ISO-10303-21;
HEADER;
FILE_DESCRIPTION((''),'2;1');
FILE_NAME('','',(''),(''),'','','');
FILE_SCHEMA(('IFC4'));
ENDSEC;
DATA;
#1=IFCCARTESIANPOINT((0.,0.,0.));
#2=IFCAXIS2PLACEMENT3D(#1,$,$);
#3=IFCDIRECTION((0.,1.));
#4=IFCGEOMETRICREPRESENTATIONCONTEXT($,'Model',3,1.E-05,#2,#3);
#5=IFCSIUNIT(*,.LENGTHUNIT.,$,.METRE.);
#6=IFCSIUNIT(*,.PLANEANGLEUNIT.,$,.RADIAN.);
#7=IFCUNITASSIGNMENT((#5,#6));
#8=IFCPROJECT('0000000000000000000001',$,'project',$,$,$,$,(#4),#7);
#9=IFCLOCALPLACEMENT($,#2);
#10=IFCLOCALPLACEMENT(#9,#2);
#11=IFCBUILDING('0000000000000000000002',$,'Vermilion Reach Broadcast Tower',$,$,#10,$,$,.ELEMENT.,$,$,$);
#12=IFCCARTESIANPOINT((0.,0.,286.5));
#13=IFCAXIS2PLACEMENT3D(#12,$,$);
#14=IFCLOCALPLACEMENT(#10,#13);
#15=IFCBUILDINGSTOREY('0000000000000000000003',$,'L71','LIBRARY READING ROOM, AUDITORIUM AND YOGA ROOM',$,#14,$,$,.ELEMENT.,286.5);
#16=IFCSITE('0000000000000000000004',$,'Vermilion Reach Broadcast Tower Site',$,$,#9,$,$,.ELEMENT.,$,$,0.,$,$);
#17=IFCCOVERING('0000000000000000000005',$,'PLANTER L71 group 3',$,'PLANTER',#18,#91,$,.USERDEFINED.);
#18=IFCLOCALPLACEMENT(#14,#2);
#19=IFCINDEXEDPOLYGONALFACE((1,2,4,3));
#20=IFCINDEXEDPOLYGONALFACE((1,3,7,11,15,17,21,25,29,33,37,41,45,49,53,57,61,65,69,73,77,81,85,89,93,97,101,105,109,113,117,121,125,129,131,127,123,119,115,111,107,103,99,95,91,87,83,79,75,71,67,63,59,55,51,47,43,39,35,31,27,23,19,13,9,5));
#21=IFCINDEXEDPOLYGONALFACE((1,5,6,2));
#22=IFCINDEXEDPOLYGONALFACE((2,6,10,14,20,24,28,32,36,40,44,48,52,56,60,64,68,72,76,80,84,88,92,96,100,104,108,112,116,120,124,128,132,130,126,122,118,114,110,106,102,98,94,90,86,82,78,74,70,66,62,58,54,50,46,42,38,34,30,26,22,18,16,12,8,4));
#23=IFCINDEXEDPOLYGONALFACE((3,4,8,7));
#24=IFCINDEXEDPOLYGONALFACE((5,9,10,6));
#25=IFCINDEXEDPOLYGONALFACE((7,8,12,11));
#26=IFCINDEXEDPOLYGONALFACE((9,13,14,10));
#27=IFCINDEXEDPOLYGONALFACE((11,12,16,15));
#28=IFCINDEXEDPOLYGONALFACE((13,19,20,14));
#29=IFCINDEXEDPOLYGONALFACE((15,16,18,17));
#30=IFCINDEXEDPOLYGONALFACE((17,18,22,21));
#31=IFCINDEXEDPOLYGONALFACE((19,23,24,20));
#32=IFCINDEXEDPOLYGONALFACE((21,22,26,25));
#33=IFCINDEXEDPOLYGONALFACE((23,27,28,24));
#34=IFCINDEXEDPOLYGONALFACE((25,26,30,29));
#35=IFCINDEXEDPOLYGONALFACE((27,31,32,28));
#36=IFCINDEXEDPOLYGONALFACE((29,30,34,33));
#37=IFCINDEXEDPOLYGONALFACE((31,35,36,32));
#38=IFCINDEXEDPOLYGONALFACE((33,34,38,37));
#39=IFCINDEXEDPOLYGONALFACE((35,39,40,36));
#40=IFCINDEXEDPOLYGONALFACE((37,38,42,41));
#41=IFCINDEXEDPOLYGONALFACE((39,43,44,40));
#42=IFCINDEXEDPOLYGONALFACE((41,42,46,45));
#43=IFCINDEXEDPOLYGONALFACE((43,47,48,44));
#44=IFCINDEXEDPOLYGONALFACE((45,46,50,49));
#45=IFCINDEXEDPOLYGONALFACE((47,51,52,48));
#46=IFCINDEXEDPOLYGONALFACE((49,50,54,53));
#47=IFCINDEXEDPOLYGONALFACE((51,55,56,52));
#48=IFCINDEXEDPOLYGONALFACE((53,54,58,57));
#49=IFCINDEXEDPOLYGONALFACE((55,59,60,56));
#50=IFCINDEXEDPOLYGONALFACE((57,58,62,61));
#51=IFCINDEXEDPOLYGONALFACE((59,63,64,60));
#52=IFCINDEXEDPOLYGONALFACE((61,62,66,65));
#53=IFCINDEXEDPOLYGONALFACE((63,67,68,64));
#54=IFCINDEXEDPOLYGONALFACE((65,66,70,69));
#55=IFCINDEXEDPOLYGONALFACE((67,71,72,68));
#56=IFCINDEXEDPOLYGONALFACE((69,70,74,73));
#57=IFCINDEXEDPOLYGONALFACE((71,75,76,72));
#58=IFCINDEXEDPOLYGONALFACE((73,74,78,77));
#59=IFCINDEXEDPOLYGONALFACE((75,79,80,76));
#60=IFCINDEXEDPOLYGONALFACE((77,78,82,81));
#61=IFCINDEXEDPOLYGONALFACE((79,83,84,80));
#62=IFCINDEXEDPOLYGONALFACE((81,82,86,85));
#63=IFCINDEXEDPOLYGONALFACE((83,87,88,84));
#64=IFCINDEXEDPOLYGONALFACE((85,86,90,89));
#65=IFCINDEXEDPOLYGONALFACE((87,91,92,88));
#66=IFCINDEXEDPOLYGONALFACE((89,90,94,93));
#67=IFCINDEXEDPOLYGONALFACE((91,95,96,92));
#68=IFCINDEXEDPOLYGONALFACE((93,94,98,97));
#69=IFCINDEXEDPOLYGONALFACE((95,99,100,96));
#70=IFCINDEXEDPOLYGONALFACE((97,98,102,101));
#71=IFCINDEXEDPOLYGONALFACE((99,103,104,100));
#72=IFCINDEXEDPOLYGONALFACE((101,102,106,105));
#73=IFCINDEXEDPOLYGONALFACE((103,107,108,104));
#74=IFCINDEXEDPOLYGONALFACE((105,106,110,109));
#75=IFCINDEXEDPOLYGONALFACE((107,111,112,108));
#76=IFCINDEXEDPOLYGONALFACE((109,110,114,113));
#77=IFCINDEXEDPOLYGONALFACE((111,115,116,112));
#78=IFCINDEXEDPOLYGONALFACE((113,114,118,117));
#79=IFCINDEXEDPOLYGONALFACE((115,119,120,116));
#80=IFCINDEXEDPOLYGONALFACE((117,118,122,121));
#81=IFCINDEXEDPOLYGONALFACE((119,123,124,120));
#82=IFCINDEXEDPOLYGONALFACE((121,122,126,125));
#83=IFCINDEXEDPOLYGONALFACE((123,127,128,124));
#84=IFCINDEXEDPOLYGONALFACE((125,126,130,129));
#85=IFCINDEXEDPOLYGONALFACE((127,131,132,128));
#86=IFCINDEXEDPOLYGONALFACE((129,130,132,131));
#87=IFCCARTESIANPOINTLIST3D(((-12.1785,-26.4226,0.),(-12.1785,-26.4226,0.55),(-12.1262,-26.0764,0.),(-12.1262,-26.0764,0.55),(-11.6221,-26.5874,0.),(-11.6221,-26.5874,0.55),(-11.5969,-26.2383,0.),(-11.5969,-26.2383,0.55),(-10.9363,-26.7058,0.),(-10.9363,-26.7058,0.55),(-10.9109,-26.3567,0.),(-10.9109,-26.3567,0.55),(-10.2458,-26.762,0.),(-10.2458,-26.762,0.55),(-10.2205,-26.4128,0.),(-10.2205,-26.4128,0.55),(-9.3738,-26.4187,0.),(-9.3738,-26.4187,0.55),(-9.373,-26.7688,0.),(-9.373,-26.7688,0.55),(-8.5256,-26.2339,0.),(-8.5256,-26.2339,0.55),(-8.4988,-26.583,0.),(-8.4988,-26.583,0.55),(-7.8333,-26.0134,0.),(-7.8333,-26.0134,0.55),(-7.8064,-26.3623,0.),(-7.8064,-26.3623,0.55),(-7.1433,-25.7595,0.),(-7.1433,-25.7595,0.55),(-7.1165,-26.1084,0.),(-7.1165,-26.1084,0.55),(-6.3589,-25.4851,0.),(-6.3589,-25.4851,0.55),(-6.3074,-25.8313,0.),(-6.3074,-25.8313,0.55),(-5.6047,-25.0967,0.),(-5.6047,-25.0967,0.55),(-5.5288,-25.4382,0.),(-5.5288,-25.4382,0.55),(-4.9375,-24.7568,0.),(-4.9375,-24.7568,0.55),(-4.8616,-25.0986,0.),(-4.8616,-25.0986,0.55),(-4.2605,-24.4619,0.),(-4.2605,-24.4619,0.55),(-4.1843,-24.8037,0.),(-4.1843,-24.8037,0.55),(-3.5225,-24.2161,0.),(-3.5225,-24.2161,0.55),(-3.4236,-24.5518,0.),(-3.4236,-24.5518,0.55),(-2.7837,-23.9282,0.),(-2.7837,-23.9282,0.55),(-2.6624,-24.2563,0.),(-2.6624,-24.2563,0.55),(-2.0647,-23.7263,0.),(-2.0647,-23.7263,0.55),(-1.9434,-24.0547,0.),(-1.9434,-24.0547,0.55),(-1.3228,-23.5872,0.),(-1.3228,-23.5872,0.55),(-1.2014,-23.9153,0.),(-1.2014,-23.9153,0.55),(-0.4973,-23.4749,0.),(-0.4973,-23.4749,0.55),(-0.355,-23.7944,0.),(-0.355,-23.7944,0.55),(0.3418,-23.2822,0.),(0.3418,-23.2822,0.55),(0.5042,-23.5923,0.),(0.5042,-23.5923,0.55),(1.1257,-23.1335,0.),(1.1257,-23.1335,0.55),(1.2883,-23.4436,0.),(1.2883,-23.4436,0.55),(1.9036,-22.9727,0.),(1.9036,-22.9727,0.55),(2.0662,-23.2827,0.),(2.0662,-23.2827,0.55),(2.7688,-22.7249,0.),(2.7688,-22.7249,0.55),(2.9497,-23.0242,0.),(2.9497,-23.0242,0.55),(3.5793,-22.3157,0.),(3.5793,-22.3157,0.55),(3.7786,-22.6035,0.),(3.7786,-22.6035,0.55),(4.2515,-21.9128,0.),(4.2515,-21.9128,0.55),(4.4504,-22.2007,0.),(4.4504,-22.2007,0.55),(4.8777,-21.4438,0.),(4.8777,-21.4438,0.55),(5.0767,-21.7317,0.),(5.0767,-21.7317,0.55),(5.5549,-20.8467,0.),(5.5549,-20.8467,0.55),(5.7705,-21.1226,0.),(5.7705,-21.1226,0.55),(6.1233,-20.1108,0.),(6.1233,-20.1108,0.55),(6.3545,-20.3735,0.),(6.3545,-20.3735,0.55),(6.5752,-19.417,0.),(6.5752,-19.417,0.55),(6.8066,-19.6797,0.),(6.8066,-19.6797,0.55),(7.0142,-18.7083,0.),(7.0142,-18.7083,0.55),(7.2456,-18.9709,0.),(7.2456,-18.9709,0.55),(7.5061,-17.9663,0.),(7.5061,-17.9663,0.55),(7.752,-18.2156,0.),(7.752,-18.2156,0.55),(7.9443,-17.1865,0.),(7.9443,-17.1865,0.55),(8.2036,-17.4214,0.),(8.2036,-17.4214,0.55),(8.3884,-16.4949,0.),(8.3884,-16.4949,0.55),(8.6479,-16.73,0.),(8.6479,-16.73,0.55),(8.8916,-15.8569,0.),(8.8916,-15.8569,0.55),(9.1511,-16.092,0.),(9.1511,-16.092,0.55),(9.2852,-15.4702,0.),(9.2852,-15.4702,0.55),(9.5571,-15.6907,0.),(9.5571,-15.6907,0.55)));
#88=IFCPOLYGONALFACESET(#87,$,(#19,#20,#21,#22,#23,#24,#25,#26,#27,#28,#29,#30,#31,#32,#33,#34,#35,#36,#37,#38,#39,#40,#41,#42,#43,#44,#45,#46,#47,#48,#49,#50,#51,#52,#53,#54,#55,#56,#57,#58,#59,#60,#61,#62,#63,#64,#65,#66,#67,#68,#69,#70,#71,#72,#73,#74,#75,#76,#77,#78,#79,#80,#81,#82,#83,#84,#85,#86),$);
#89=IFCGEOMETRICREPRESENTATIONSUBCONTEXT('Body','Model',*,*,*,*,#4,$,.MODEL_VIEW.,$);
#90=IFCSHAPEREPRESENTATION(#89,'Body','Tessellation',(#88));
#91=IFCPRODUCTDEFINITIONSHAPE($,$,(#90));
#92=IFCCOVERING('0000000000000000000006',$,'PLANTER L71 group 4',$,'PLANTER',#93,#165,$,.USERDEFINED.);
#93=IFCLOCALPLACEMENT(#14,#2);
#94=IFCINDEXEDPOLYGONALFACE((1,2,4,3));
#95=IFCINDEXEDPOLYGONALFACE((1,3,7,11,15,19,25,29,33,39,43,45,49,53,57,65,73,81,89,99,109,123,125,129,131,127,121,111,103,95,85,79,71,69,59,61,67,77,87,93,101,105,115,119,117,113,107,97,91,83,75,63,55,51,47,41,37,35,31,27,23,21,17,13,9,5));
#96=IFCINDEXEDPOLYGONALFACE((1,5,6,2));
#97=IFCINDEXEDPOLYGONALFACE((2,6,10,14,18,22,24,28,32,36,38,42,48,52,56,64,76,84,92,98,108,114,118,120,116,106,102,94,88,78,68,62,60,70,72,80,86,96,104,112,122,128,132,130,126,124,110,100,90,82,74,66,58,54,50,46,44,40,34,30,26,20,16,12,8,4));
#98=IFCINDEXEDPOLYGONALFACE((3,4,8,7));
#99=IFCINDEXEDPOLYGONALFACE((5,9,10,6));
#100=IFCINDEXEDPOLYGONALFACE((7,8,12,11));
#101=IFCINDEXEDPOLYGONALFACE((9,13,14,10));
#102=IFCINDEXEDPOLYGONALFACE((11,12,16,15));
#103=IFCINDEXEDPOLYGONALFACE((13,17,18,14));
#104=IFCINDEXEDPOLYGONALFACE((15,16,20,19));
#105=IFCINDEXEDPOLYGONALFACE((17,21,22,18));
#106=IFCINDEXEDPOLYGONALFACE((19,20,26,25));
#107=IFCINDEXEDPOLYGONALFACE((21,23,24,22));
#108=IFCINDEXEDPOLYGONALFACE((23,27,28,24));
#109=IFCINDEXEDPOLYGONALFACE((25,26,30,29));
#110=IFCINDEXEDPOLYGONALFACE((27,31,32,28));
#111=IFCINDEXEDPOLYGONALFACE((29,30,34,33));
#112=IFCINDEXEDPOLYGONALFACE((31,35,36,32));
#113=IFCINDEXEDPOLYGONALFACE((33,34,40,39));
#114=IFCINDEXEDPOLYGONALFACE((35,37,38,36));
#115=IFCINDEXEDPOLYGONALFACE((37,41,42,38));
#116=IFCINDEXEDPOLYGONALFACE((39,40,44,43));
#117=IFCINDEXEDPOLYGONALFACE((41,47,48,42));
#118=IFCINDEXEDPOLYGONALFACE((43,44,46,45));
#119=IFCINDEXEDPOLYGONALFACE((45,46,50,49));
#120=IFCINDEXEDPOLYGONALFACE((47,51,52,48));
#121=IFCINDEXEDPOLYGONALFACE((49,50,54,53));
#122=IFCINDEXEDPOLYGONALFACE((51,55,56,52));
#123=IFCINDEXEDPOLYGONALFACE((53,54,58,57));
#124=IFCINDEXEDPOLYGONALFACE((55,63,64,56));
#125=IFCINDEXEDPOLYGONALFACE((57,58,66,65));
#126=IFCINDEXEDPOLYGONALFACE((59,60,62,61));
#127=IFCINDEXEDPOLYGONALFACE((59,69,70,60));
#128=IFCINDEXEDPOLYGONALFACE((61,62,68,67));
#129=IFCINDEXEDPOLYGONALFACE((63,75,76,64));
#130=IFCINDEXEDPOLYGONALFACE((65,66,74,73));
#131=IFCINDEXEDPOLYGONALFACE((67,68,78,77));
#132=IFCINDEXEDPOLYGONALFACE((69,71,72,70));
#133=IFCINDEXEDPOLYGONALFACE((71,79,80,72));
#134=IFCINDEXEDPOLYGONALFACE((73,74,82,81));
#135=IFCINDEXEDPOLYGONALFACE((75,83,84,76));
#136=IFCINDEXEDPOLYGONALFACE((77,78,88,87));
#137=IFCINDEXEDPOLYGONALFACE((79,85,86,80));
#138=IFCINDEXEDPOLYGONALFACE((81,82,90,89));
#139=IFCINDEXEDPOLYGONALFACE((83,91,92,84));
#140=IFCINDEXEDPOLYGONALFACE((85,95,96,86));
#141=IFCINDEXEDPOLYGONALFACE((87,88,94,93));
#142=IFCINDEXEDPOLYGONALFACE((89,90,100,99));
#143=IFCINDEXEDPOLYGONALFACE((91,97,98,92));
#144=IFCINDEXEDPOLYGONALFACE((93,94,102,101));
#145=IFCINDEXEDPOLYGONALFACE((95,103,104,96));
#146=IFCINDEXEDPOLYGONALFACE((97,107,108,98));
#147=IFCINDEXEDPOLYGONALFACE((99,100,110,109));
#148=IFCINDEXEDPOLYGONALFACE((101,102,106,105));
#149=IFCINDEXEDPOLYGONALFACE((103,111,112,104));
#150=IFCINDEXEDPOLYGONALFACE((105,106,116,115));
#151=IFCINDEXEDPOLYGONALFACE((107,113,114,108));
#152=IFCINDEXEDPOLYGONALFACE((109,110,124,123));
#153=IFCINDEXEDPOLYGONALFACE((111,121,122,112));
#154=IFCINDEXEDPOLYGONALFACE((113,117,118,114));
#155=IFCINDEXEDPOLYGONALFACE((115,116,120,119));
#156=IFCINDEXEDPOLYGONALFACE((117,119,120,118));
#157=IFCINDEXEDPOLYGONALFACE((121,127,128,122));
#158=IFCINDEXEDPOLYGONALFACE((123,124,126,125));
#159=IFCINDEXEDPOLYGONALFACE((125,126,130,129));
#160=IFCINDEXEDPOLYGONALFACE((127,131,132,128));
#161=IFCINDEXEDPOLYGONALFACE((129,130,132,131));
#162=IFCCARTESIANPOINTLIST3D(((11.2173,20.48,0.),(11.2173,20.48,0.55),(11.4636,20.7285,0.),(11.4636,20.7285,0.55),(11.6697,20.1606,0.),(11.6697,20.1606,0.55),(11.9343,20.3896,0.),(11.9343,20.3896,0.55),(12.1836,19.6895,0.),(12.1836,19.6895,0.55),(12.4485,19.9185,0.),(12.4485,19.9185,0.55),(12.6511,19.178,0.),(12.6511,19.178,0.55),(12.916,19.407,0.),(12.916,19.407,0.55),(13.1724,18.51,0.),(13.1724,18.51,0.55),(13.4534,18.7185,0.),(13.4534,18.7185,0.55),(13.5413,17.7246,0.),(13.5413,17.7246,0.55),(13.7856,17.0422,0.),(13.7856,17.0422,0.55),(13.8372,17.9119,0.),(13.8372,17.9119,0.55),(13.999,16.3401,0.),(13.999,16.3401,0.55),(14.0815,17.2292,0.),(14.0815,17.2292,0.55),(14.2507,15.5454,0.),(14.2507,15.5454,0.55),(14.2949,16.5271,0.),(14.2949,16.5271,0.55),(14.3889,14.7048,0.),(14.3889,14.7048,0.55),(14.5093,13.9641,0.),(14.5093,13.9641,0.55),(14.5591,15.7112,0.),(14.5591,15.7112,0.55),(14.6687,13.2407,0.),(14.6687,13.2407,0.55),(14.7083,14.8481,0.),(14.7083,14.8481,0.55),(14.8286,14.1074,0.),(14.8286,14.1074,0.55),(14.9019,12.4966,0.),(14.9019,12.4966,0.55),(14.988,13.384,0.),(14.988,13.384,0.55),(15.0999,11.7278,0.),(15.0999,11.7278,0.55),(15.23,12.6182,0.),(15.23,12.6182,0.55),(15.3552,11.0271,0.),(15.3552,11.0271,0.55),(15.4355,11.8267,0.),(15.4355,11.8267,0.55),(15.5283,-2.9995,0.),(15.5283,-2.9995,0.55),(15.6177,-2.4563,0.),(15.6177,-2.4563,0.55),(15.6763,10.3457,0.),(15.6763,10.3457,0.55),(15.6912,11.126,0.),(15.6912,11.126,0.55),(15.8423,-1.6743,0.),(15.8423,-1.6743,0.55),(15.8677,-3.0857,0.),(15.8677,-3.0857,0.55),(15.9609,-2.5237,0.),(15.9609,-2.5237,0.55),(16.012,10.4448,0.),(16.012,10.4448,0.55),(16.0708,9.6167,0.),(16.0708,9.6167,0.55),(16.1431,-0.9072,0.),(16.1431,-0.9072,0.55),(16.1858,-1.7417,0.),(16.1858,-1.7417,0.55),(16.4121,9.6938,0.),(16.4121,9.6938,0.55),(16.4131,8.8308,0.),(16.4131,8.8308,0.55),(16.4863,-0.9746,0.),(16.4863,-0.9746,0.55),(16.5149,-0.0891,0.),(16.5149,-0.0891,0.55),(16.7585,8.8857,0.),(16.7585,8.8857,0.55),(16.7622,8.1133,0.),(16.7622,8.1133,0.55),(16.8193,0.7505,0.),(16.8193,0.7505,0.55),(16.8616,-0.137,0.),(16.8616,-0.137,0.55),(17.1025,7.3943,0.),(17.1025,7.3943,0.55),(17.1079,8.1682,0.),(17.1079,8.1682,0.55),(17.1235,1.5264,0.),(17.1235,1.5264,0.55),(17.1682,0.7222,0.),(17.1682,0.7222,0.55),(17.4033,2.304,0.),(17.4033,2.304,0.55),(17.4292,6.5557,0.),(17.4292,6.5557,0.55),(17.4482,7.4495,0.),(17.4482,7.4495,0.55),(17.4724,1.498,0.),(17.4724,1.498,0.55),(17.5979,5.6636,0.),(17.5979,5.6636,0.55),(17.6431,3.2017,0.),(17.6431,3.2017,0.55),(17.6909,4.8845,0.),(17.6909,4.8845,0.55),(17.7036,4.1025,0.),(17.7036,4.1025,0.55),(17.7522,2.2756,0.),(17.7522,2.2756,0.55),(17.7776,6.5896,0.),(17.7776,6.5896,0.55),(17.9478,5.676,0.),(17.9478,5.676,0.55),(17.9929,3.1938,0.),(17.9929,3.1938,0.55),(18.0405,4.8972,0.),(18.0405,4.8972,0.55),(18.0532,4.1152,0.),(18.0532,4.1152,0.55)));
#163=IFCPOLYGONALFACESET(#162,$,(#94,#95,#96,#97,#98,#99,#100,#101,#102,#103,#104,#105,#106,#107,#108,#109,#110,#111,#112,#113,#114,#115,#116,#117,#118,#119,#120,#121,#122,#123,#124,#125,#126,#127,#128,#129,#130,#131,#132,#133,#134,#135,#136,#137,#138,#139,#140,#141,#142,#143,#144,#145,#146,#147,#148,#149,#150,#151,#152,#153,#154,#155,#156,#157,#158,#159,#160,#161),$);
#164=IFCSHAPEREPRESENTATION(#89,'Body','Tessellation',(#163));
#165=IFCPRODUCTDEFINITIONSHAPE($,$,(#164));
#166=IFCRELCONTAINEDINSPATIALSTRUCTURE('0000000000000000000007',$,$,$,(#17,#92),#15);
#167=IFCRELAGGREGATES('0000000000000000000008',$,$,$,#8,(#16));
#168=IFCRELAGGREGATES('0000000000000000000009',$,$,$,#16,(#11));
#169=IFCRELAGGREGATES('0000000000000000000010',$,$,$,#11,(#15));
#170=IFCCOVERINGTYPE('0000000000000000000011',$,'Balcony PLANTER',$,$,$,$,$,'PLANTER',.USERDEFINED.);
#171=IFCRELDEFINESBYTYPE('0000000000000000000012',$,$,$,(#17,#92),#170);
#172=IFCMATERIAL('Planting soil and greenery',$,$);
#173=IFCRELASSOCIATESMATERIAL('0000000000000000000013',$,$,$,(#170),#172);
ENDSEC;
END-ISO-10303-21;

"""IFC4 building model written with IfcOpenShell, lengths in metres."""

from ifc_helpers import new_model, si_unit, direction, frame, origin, place, context, subcontext, project, spatial, polyline, outline, extrude, material, type_object, element, save


model = new_model("IFC4")

# Units and contexts
model_context = context("Model", 3, precision=1e-05, world=origin(), true_north=direction((0.0, 1.0)))
body_context = subcontext(model_context, "Body", "Model", "MODEL_VIEW")
ifc_project = project(units=[si_unit("LENGTHUNIT", "METRE"), si_unit("PLANEANGLEUNIT", "RADIAN")], contexts=[model_context])

# Site, building, storey
site_placement = place(None, origin())
site = spatial("IfcSite", under=ifc_project, at=site_placement, Name="Vermilion Reach Broadcast Tower Site", CompositionType="ELEMENT", RefElevation=0.0)
building_placement = place(site_placement, origin())
building = spatial("IfcBuilding", under=site, at=building_placement, Name="Vermilion Reach Broadcast Tower", CompositionType="ELEMENT")
storey_placement = place(building_placement, frame((0.0, 0.0, 286.5)))
storey = spatial("IfcBuildingStorey", under=building, at=storey_placement, Name="L71", Description="LIBRARY READING ROOM, AUDITORIUM AND YOGA ROOM", CompositionType="ELEMENT", Elevation=286.5)

# Shared definitions
placement_1 = place(storey_placement, origin())

# Coverings
ifc_material_1 = material(Name="Planting soil and greenery")
covering_type = type_object("IfcCoveringType", Name="Balcony PLANTER", ElementType="PLANTER", PredefinedType="USERDEFINED", material=ifc_material_1)
element("IfcCovering", 1, at=placement_1, inside=storey, type_object=covering_type, Name="PLANTER L71 group 3", ObjectType="PLANTER", PredefinedType="USERDEFINED", context=body_context, shape_type="SweptSolid", body=[
    extrude(outline(polyline([(-12.1785, -26.4226), (-11.6221, -26.5874), (-10.9363, -26.7058), (-10.2458, -26.762), (-9.373, -26.7688), (-8.4988, -26.583), (-7.8064, -26.3623), (-7.1165, -26.1084), (-6.3074, -25.8313), (-5.5288, -25.4382), (-4.8616, -25.0986), (-4.1843, -24.8037), (-3.4236, -24.5518), (-2.6624, -24.2563), (-1.9434, -24.0547), (-1.2014, -23.9153), (-0.355, -23.7944), (0.5042, -23.5923), (1.2883, -23.4436), (2.0662, -23.2827), (2.9497, -23.0242), (3.7786, -22.6035), (4.4504, -22.2007), (5.0767, -21.7317), (5.7705, -21.1226), (6.3545, -20.3735), (6.8066, -19.6797), (7.2456, -18.9709), (7.752, -18.2156), (8.2036, -17.4214), (8.6479, -16.73), (9.1511, -16.092), (9.5571, -15.6907), (9.2852, -15.4702), (8.8916, -15.8569), (8.3884, -16.4949), (7.9443, -17.1865), (7.5061, -17.9663), (7.0142, -18.7083), (6.5752, -19.417), (6.1233, -20.1108), (5.5549, -20.8467), (4.8777, -21.4438), (4.2515, -21.9128), (3.5793, -22.3157), (2.7688, -22.7249), (1.9036, -22.9727), (1.1257, -23.1335), (0.3418, -23.2822), (-0.4973, -23.4749), (-1.3228, -23.5872), (-2.0647, -23.7263), (-2.7837, -23.9282), (-3.5225, -24.2161), (-4.2605, -24.4619), (-4.9375, -24.7568), (-5.6047, -25.0967), (-6.3589, -25.4851), (-7.1433, -25.7595), (-7.8333, -26.0134), (-8.5256, -26.2339), (-9.3738, -26.4187), (-10.2205, -26.4128), (-10.9109, -26.3567), (-11.5969, -26.2383), (-12.1262, -26.0764), (-12.1785, -26.4226)])), origin(), (0.0, 0.0, 1.0), 0.55),
])
element("IfcCovering", 2, at=placement_1, inside=storey, type_object=covering_type, Name="PLANTER L71 group 4", ObjectType="PLANTER", PredefinedType="USERDEFINED", context=body_context, shape_type="SweptSolid", body=[
    extrude(outline(polyline([(15.8677, -3.0857), (15.9609, -2.5237), (16.1858, -1.7417), (16.4863, -0.9746), (16.8616, -0.137), (17.1682, 0.7222), (17.4724, 1.498), (17.7522, 2.2756), (17.9929, 3.1938), (18.0532, 4.1152), (18.0405, 4.8972), (17.9478, 5.676), (17.7776, 6.5896), (17.4482, 7.4495), (17.1079, 8.1682), (16.7585, 8.8857), (16.4121, 9.6938), (16.012, 10.4448), (15.6912, 11.126), (15.4355, 11.8267), (15.23, 12.6182), (14.988, 13.384), (14.8286, 14.1074), (14.7083, 14.8481), (14.5591, 15.7112), (14.2949, 16.5271), (14.0815, 17.2292), (13.8372, 17.9119), (13.4534, 18.7185), (12.916, 19.407), (12.4485, 19.9185), (11.9343, 20.3896), (11.4636, 20.7285), (11.2173, 20.48), (11.6697, 20.1606), (12.1836, 19.6895), (12.6511, 19.178), (13.1724, 18.51), (13.5413, 17.7246), (13.7856, 17.0422), (13.999, 16.3401), (14.2507, 15.5454), (14.3889, 14.7048), (14.5093, 13.9641), (14.6687, 13.2407), (14.9019, 12.4966), (15.0999, 11.7278), (15.3552, 11.0271), (15.6763, 10.3457), (16.0708, 9.6167), (16.4131, 8.8308), (16.7622, 8.1133), (17.1025, 7.3943), (17.4292, 6.5557), (17.5979, 5.6636), (17.6909, 4.8845), (17.7036, 4.1025), (17.6431, 3.2017), (17.4033, 2.304), (17.1235, 1.5264), (16.8193, 0.7505), (16.5149, -0.0891), (16.1431, -0.9072), (15.8423, -1.6743), (15.6177, -2.4563), (15.5283, -2.9995), (15.8677, -3.0857)])), origin(), (0.0, 0.0, 1.0), 0.55),
])

save(model, "model.ifc")
